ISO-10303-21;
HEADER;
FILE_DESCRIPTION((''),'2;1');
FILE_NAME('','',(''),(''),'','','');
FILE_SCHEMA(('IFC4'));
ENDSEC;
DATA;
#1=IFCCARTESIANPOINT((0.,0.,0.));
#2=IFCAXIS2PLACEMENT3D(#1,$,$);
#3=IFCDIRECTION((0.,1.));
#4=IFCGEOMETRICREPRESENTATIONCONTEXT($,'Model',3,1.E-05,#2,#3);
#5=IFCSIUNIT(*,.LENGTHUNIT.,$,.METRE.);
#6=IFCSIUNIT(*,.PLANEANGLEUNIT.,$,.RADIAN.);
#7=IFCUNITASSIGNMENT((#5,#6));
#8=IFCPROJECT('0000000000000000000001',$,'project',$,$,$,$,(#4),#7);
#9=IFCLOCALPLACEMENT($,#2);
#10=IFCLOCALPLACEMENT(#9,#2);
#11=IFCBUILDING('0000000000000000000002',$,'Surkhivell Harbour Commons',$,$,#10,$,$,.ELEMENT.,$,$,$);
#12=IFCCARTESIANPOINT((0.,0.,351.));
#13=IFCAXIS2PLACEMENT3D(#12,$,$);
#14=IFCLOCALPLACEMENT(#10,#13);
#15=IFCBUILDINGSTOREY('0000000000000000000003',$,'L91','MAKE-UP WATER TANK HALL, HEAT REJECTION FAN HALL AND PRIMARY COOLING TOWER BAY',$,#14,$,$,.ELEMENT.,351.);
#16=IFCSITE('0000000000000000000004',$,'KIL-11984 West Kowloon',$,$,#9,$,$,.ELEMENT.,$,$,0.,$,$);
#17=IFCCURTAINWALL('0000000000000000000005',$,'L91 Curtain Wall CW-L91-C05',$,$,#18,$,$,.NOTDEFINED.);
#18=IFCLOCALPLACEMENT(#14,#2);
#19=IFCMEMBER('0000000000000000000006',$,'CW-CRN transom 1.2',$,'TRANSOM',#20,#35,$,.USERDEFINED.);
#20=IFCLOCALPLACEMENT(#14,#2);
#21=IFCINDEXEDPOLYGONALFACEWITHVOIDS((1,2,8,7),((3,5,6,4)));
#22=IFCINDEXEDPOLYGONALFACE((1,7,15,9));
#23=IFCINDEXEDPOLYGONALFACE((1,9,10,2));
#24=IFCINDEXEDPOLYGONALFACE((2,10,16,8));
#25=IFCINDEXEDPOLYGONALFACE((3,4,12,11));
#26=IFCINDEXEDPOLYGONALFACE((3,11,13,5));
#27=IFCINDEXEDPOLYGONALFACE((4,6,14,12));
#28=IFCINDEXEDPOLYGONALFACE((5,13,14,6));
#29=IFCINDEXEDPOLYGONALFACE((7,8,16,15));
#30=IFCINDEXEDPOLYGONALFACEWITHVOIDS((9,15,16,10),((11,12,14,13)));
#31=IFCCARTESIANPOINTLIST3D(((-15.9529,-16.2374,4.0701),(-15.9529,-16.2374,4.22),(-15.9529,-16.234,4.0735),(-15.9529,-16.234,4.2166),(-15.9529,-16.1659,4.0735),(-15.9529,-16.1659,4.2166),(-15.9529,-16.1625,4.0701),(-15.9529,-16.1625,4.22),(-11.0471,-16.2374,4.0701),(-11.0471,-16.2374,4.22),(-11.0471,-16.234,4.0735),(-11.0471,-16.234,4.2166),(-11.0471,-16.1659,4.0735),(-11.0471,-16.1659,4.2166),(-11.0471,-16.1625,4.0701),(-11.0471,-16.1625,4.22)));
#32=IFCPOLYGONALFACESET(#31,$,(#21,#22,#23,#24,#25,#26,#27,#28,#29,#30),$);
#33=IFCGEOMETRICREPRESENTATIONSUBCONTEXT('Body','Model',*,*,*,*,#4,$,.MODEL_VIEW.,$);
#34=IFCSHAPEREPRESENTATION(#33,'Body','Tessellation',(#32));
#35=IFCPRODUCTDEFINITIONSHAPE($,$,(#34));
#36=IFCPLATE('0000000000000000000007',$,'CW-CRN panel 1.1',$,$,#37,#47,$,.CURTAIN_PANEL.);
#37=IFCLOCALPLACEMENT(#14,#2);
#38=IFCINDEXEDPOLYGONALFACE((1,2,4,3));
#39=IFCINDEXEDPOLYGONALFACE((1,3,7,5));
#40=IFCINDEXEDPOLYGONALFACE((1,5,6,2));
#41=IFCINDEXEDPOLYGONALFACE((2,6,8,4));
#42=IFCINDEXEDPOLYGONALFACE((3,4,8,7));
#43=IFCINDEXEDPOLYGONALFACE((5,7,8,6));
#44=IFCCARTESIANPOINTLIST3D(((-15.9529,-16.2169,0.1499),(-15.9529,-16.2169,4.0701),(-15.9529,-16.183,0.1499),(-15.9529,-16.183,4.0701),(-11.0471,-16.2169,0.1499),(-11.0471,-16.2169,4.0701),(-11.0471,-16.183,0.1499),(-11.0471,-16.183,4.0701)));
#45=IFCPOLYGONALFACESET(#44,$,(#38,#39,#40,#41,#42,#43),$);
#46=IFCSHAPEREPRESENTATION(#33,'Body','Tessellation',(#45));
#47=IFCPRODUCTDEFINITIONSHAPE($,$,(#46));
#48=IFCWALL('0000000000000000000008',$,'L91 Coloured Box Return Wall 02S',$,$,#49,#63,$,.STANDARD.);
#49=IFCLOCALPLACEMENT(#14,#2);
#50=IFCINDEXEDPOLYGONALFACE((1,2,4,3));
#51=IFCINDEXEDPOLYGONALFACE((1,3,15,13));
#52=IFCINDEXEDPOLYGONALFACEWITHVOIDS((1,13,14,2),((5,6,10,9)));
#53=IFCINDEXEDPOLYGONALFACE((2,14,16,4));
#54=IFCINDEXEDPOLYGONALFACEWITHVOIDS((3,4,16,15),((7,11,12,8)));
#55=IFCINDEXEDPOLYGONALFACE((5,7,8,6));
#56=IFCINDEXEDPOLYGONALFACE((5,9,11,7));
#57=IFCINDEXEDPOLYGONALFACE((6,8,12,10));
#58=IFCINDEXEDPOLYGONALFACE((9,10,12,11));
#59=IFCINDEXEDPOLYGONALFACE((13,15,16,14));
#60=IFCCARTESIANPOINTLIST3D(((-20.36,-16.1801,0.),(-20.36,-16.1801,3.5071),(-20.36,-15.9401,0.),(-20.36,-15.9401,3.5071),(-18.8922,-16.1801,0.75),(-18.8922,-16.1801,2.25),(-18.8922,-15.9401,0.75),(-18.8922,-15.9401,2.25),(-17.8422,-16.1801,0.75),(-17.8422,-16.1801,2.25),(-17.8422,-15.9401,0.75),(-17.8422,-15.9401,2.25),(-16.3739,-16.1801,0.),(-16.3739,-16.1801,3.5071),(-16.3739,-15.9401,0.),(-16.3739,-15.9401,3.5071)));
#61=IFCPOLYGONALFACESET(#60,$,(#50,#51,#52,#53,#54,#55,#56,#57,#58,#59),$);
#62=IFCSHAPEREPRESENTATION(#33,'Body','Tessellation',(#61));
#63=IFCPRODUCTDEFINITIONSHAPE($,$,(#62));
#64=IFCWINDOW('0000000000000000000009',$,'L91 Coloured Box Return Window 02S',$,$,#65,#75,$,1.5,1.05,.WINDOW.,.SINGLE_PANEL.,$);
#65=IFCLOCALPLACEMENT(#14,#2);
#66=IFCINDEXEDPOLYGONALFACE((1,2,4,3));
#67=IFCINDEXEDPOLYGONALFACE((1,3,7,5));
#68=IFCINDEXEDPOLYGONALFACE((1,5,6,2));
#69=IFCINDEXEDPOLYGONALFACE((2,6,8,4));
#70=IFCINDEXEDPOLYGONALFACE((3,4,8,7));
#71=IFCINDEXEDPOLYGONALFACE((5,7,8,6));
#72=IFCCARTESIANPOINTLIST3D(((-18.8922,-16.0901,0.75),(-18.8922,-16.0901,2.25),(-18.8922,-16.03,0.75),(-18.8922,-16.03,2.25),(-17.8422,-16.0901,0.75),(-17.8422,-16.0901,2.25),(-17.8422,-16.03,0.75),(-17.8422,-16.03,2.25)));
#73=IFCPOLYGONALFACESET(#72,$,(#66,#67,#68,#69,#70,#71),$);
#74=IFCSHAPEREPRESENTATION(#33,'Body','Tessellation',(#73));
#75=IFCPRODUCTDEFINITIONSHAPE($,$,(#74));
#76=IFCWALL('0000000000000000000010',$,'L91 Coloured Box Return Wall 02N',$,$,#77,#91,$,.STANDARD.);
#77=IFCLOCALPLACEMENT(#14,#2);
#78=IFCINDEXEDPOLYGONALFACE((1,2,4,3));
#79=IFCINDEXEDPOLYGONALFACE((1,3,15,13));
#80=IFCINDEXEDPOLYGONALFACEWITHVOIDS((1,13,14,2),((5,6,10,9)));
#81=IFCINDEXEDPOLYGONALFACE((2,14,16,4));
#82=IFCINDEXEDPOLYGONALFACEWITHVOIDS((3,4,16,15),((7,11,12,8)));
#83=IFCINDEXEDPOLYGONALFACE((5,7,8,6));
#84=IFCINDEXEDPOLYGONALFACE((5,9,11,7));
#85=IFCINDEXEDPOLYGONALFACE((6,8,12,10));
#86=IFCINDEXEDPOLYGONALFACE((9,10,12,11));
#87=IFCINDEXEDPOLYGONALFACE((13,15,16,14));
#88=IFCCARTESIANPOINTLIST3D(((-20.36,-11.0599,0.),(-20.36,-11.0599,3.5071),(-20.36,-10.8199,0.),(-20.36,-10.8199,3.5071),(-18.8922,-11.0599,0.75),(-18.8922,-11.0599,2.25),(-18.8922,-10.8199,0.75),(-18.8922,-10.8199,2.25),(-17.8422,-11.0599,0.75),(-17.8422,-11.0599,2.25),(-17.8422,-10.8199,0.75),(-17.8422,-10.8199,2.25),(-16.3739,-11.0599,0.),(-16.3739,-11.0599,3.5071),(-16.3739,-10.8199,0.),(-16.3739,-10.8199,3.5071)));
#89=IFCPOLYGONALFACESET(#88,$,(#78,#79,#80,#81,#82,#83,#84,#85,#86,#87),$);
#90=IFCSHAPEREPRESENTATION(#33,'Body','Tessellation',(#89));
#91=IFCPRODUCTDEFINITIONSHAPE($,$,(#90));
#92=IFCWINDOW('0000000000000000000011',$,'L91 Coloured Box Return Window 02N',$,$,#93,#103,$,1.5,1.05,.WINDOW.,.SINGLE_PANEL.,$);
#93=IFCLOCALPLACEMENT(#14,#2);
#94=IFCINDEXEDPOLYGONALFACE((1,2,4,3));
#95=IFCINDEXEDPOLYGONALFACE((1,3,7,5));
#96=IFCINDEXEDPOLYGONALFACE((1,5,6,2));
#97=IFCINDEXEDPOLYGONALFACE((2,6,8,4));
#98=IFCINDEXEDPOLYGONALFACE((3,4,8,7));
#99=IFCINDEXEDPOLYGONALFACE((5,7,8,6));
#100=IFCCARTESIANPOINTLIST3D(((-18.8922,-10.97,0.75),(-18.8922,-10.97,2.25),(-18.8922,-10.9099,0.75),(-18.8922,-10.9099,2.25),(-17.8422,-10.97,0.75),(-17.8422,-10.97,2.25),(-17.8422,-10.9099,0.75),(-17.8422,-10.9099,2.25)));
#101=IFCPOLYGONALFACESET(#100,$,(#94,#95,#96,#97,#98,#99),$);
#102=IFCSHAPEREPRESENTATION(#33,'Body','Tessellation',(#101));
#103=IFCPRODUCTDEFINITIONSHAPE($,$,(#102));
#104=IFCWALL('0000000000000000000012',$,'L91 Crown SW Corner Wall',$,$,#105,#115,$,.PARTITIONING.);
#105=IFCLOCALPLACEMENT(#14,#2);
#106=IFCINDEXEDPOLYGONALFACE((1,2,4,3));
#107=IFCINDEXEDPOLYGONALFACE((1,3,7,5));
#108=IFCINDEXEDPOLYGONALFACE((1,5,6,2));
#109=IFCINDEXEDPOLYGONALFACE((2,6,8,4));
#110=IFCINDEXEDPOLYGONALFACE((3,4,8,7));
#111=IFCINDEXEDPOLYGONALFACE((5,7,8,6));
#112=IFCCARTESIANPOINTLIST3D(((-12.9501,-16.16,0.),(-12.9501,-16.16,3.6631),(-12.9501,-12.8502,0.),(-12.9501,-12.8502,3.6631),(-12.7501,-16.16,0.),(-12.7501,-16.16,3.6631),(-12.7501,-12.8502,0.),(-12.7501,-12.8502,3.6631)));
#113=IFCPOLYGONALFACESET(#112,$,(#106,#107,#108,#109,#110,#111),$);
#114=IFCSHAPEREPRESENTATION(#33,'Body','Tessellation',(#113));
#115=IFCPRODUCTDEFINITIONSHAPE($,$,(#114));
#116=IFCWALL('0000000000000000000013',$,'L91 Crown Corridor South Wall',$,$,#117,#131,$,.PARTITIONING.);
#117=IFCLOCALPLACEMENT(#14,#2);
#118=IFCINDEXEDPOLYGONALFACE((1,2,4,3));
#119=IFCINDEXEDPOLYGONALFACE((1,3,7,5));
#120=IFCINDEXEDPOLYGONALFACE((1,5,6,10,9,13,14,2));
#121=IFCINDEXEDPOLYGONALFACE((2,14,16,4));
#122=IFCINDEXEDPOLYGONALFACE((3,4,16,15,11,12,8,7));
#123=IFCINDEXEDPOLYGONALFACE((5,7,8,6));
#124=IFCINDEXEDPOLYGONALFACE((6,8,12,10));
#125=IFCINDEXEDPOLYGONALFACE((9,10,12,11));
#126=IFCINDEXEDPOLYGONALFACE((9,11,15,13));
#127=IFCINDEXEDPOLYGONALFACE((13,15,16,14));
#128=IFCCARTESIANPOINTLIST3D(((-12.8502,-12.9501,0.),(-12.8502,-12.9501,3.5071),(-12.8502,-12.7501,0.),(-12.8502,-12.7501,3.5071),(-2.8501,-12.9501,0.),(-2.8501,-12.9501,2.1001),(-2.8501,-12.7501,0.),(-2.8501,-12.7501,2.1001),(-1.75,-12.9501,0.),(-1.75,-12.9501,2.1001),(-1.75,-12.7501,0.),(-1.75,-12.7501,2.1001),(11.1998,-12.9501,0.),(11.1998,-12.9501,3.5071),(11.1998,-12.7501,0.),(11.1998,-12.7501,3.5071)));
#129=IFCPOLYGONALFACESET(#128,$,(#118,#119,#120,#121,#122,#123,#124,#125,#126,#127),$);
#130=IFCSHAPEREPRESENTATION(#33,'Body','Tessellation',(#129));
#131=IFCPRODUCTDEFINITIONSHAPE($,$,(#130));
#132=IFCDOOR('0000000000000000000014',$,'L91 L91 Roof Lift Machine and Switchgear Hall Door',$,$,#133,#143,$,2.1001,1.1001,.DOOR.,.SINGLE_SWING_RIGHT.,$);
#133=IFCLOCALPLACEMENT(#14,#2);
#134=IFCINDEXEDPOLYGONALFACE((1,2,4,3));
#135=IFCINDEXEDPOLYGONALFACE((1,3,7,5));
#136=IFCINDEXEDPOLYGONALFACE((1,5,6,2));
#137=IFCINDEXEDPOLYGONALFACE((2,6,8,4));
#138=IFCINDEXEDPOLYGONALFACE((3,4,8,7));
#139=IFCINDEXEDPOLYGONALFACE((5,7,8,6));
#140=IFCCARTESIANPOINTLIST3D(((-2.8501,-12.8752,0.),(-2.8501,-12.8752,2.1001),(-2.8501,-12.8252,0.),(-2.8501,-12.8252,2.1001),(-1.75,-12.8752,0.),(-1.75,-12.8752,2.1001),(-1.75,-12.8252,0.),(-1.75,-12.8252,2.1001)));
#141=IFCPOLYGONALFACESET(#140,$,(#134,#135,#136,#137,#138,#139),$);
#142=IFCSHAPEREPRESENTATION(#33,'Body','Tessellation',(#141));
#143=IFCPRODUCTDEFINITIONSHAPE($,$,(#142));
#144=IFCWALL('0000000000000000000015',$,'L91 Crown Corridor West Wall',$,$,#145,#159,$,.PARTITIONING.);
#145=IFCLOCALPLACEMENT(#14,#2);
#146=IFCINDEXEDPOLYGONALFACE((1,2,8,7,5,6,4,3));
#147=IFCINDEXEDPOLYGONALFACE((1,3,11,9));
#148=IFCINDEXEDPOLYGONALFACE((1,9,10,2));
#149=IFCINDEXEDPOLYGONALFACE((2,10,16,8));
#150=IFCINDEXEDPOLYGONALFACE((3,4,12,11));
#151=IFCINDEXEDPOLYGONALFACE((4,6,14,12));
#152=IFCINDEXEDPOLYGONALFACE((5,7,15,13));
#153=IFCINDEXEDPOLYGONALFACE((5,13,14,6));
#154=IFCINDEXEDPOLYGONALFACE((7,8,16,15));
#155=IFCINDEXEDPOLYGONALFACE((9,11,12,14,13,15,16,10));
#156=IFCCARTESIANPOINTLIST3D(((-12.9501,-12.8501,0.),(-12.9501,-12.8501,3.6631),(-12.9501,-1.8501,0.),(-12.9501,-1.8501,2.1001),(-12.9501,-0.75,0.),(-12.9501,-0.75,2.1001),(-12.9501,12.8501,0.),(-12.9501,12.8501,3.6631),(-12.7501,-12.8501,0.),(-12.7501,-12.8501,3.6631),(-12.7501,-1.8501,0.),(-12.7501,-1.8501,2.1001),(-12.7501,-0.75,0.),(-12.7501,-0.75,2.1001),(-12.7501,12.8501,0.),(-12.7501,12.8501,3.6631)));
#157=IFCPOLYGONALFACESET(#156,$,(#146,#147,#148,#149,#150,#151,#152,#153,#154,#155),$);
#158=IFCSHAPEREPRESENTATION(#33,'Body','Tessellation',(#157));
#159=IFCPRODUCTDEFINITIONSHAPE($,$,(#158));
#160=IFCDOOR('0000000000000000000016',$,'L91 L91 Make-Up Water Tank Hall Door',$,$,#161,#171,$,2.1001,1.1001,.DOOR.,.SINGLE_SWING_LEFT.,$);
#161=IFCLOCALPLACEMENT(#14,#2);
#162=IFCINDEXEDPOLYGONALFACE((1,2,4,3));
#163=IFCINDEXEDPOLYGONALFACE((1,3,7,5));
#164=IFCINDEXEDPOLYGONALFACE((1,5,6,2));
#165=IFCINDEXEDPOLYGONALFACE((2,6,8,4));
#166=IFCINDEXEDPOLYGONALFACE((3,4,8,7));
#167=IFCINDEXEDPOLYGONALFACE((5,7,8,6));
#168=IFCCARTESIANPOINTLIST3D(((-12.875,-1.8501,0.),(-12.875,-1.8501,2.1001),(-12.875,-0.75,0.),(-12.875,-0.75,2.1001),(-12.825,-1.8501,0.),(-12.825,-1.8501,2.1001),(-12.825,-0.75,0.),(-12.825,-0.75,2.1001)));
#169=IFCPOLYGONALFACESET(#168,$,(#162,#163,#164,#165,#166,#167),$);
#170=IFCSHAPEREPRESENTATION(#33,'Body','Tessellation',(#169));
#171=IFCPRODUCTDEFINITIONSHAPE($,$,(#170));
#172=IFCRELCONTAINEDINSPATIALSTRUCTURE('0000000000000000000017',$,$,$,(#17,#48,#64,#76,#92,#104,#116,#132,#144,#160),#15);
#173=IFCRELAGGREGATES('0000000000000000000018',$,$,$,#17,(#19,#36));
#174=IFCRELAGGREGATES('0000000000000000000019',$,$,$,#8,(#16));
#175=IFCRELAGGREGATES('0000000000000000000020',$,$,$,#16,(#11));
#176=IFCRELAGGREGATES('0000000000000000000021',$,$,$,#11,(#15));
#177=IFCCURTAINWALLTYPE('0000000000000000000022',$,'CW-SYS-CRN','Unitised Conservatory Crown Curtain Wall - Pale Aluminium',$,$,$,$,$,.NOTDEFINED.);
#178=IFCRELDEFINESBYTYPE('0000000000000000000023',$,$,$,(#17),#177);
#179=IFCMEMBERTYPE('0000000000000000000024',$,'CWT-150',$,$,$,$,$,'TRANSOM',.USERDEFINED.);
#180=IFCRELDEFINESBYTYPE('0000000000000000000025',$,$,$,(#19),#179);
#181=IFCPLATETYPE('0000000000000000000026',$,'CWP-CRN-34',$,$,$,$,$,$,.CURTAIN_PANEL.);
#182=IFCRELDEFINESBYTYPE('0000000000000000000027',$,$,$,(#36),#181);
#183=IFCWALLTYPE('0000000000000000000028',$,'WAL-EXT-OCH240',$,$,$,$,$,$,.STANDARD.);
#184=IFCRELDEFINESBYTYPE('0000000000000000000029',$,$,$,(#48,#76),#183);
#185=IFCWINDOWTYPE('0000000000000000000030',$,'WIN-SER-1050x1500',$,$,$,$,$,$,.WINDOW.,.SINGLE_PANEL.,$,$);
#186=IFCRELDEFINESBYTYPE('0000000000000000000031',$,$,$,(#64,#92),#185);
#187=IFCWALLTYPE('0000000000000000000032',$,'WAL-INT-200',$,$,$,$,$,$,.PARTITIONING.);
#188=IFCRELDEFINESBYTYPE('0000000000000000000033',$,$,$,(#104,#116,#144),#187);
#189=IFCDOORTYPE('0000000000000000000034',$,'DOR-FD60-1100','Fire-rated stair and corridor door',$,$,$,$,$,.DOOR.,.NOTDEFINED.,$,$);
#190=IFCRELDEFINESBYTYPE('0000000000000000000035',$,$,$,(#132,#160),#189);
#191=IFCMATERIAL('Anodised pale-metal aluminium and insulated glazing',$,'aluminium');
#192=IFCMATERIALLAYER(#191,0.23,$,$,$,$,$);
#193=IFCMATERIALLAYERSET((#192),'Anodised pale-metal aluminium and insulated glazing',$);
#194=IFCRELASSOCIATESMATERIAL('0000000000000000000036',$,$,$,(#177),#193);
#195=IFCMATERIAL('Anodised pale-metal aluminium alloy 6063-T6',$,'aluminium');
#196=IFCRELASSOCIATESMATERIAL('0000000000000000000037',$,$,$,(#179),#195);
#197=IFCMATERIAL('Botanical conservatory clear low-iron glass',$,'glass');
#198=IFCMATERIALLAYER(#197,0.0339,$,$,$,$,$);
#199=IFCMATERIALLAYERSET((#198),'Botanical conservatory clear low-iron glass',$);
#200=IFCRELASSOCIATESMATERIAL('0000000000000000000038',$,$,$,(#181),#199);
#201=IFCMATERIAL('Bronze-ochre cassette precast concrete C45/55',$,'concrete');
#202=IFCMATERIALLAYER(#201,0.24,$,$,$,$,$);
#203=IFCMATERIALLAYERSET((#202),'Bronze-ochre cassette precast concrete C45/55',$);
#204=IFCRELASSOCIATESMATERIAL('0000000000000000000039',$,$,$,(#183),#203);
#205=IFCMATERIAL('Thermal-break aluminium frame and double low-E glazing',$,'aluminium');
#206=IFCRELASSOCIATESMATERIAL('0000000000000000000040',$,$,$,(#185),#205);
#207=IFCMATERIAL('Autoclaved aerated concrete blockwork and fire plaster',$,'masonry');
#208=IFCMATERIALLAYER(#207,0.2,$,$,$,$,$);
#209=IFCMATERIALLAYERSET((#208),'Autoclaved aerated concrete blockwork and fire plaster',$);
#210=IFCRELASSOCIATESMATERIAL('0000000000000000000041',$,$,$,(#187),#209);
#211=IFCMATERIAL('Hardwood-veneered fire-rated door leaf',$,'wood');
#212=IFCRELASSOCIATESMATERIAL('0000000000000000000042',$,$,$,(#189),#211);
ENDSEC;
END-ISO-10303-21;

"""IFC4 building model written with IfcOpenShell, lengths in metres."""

from ifc_helpers import new_model, si_unit, direction, frame, frame_2d, origin, origin_2d, place, context, subcontext, project, spatial, rectangle, hollow_rectangle, extrude, material, layer, layer_set, material_profile, profile_set, type_object, element, fill, aggregate, save


model = new_model("IFC4")

# Units and contexts
model_context = context("Model", 3, precision=1e-05, world=origin(), true_north=direction((0.0, 1.0)))
body_context = subcontext(model_context, "Body", "Model", "MODEL_VIEW")
ifc_project = project(units=[si_unit("LENGTHUNIT", "METRE"), si_unit("PLANEANGLEUNIT", "RADIAN")], contexts=[model_context])

# Site, building, storey
site_placement = place(None, origin())
site = spatial("IfcSite", under=ifc_project, at=site_placement, Name="KIL-11984 West Kowloon", CompositionType="ELEMENT", RefElevation=0.0)
building_placement = place(site_placement, origin())
building = spatial("IfcBuilding", under=site, at=building_placement, Name="Surkhivell Harbour Commons", CompositionType="ELEMENT")
storey_placement = place(building_placement, frame((0.0, 0.0, 351.0)))
storey = spatial("IfcBuildingStorey", under=building, at=storey_placement, Name="L91", Description="MAKE-UP WATER TANK HALL, HEAT REJECTION FAN HALL AND PRIMARY COOLING TOWER BAY", CompositionType="ELEMENT", Elevation=351.0)

# Curtain wall, member, plate
ifc_material_1 = material(Name="Anodised pale-metal aluminium and insulated glazing", Category="aluminium")
ifc_layer_1 = layer(ifc_material_1, 0.23)
ifc_layer_set_1 = layer_set([ifc_layer_1], Name="Anodised pale-metal aluminium and insulated glazing")
curtain_wall_type = type_object("IfcCurtainWallType", Name="CW-SYS-CRN", Description="Unitised Conservatory Crown Curtain Wall - Pale Aluminium", PredefinedType="NOTDEFINED", material=ifc_layer_set_1)
curtain_wall_placement = place(storey_placement, origin())
curtain_wall = element("IfcCurtainWall", 1, at=curtain_wall_placement, inside=storey, type_object=curtain_wall_type, Name="L91 Curtain Wall CW-L91-C05", PredefinedType="NOTDEFINED")
ifc_material_2 = material(Name="Anodised pale-metal aluminium alloy 6063-T6", Category="aluminium")
ifc_material_profile_1 = material_profile(ifc_material_2, hollow_rectangle(XDim=0.075, YDim=0.1499, WallThickness=0.0034, at=origin_2d()), Name="ALU-TRAN-75x150")
ifc_profile_set_1 = profile_set([ifc_material_profile_1], Name="Anodised pale-metal aluminium alloy 6063-T6")
member_type_1 = type_object("IfcMemberType", Name="CWT-150", ElementType="TRANSOM", PredefinedType="USERDEFINED", material=ifc_profile_set_1)
member_1_placement = place(storey_placement, frame((-15.9529, -16.2, 4.145), z_axis=(1.0, 0.0, 0.0), x_axis=(0.0, 1.0, 0.0)))
member_1 = element("IfcMember", 2, at=member_1_placement, type_object=member_type_1, Name="CW-CRN transom 1.2", ObjectType="TRANSOM", PredefinedType="USERDEFINED", context=body_context, shape_type="SweptSolid", body=[
    extrude(hollow_rectangle(XDim=0.075, YDim=0.1499, WallThickness=0.0034, at=origin_2d()), origin(), (0.0, 0.0, 1.0), 4.9058),
])
ifc_material_3 = material(Name="Botanical conservatory clear low-iron glass", Category="glass")
ifc_layer_2 = layer(ifc_material_3, 0.0339)
ifc_layer_set_2 = layer_set([ifc_layer_2], Name="Botanical conservatory clear low-iron glass")
plate_type = type_object("IfcPlateType", Name="CWP-CRN-34", PredefinedType="CURTAIN_PANEL", material=ifc_layer_set_2)
plate_placement = place(storey_placement, frame((-15.9529, -16.2, 0.1499), z_axis=(0.0, 0.0, 1.0), x_axis=(1.0, 0.0, 0.0)))
plate = element("IfcPlate", 3, at=plate_placement, type_object=plate_type, Name="CW-CRN panel 1.1", PredefinedType="CURTAIN_PANEL", context=body_context, shape_type="SweptSolid", body=[
    extrude(rectangle(XDim=4.9058, YDim=0.0339, at=frame_2d((2.4529, 0.0))), origin(), (0.0, 0.0, 1.0), 3.9202),
])
aggregate(curtain_wall, [member_1, plate])

# Walls, openings, windows
ifc_material_4 = material(Name="Bronze-ochre cassette precast concrete C45/55", Category="concrete")
ifc_layer_3 = layer(ifc_material_4, 0.24)
ifc_layer_set_3 = layer_set([ifc_layer_3], Name="Bronze-ochre cassette precast concrete C45/55")
wall_type_1 = type_object("IfcWallType", Name="WAL-EXT-OCH240", PredefinedType="STANDARD", material=ifc_layer_set_3)
wall_1_placement = place(storey_placement, frame((-20.3601, -16.0601, 0.0), z_axis=(0.0, 0.0, 1.0), x_axis=(1.0, 0.0, 0.0)))
wall_1 = element("IfcWall", 4, at=wall_1_placement, inside=storey, type_object=wall_type_1, Name="L91 Coloured Box Return Wall 02S", PredefinedType="STANDARD", context=body_context, shape_type="SweptSolid", body=[
    extrude(rectangle(XDim=3.9861, YDim=0.24, at=frame_2d((1.9932, 0.0))), origin(), (0.0, 0.0, 1.0), 3.5071),
])
opening_1_placement = place(wall_1_placement, frame((1.468, 0.0, 0.75)))
opening_1 = element("IfcOpeningElement", 5, at=opening_1_placement, cuts=wall_1, PredefinedType="OPENING", context=body_context, shape_type="SweptSolid", body=[
    extrude(rectangle(XDim=1.05, YDim=1.5, at=frame_2d((0.5249, 0.75))), frame((0.0, 0.1299, 0.0), z_axis=(0.0, -1.0, 0.0), x_axis=(1.0, 0.0, 0.0)), (0.0, 0.0, 1.0), 0.26),
])
ifc_material_5 = material(Name="Thermal-break aluminium frame and double low-E glazing", Category="aluminium")
window_type = type_object("IfcWindowType", Name="WIN-SER-1050x1500", PartitioningType="SINGLE_PANEL", PredefinedType="WINDOW", material=ifc_material_5)
window_1_placement = place(opening_1_placement, origin())
window_1 = element("IfcWindow", 6, at=window_1_placement, inside=storey, type_object=window_type, Name="L91 Coloured Box Return Window 02S", OverallHeight=1.5, OverallWidth=1.05, PartitioningType="SINGLE_PANEL", PredefinedType="WINDOW", context=body_context, shape_type="SweptSolid", body=[
    extrude(rectangle(XDim=1.05, YDim=1.5, at=frame_2d((0.5249, 0.75))), frame((0.0, 0.03, 0.0), z_axis=(0.0, -1.0, 0.0), x_axis=(1.0, 0.0, 0.0)), (0.0, 0.0, 1.0), 0.0601),
])
fill(opening_1, window_1)
wall_2_placement = place(storey_placement, frame((-20.3601, -10.9399, 0.0), z_axis=(0.0, 0.0, 1.0), x_axis=(1.0, 0.0, 0.0)))
wall_2 = element("IfcWall", 7, at=wall_2_placement, inside=storey, type_object=wall_type_1, Name="L91 Coloured Box Return Wall 02N", PredefinedType="STANDARD", context=body_context, shape_type="SweptSolid", body=[
    extrude(rectangle(XDim=3.9861, YDim=0.24, at=frame_2d((1.9932, 0.0))), origin(), (0.0, 0.0, 1.0), 3.5071),
])
opening_2_placement = place(wall_2_placement, frame((1.468, 0.0, 0.75)))
opening_2 = element("IfcOpeningElement", 8, at=opening_2_placement, cuts=wall_2, PredefinedType="OPENING", context=body_context, shape_type="SweptSolid", body=[
    extrude(rectangle(XDim=1.05, YDim=1.5, at=frame_2d((0.5249, 0.75))), frame((0.0, 0.1299, 0.0), z_axis=(0.0, -1.0, 0.0), x_axis=(1.0, 0.0, 0.0)), (0.0, 0.0, 1.0), 0.26),
])
window_2_placement = place(opening_2_placement, origin())
window_2 = element("IfcWindow", 9, at=window_2_placement, inside=storey, type_object=window_type, Name="L91 Coloured Box Return Window 02N", OverallHeight=1.5, OverallWidth=1.05, PartitioningType="SINGLE_PANEL", PredefinedType="WINDOW", context=body_context, shape_type="SweptSolid", body=[
    extrude(rectangle(XDim=1.05, YDim=1.5, at=frame_2d((0.5249, 0.75))), frame((0.0, 0.03, 0.0), z_axis=(0.0, -1.0, 0.0), x_axis=(1.0, 0.0, 0.0)), (0.0, 0.0, 1.0), 0.0601),
])
fill(opening_2, window_2)

# Wall
ifc_material_6 = material(Name="Autoclaved aerated concrete blockwork and fire plaster", Category="masonry")
ifc_layer_4 = layer(ifc_material_6, 0.2)
ifc_layer_set_4 = layer_set([ifc_layer_4], Name="Autoclaved aerated concrete blockwork and fire plaster")
wall_type_2 = type_object("IfcWallType", Name="WAL-INT-200", PredefinedType="PARTITIONING", material=ifc_layer_set_4)
wall_3_placement = place(storey_placement, frame((-12.8501, -16.1599, 0.0), z_axis=(0.0, 0.0, 1.0), x_axis=(0.0, 1.0, 0.0)))
element("IfcWall", 10, at=wall_3_placement, inside=storey, type_object=wall_type_2, Name="L91 Crown SW Corner Wall", PredefinedType="PARTITIONING", context=body_context, shape_type="SweptSolid", body=[
    extrude(rectangle(XDim=3.3098, YDim=0.2, at=frame_2d((1.6548, 0.0))), origin(), (0.0, 0.0, 1.0), 3.6631),
])

# Walls, openings, doors
wall_4_placement = place(storey_placement, frame((-12.8501, -12.8501, 0.0), z_axis=(0.0, 0.0, 1.0), x_axis=(1.0, 0.0, 0.0)))
wall_4 = element("IfcWall", 11, at=wall_4_placement, inside=storey, type_object=wall_type_2, Name="L91 Crown Corridor South Wall", PredefinedType="PARTITIONING", context=body_context, shape_type="SweptSolid", body=[
    extrude(rectangle(XDim=24.05, YDim=0.2, at=frame_2d((12.0249, 0.0))), origin(), (0.0, 0.0, 1.0), 3.5071),
])
opening_3_placement = place(wall_4_placement, frame((10.0, 0.0, 0.0)))
opening_3 = element("IfcOpeningElement", 12, at=opening_3_placement, cuts=wall_4, PredefinedType="OPENING", context=body_context, shape_type="SweptSolid", body=[
    extrude(rectangle(XDim=1.1001, YDim=2.1001, at=frame_2d((0.55, 1.05))), frame((0.0, 0.1099, 0.0), z_axis=(0.0, -1.0, 0.0), x_axis=(1.0, 0.0, 0.0)), (0.0, 0.0, 1.0), 0.22),
])
ifc_material_7 = material(Name="Hardwood-veneered fire-rated door leaf", Category="wood")
door_type = type_object("IfcDoorType", Name="DOR-FD60-1100", Description="Fire-rated stair and corridor door", OperationType="NOTDEFINED", PredefinedType="DOOR", material=ifc_material_7)
door_1_placement = place(opening_3_placement, origin())
door_1 = element("IfcDoor", 13, at=door_1_placement, inside=storey, type_object=door_type, Name="L91 L91 Roof Lift Machine and Switchgear Hall Door", OperationType="SINGLE_SWING_RIGHT", OverallHeight=2.1001, OverallWidth=1.1001, PredefinedType="DOOR", context=body_context, shape_type="SweptSolid", body=[
    extrude(rectangle(XDim=1.1001, YDim=2.1001, at=frame_2d((0.55, 1.05))), frame((0.0, 0.0249, 0.0), z_axis=(0.0, -1.0, 0.0), x_axis=(1.0, 0.0, 0.0)), (0.0, 0.0, 1.0), 0.05),
])
fill(opening_3, door_1)
wall_5_placement = place(storey_placement, frame((-12.8501, -12.8501, 0.0), z_axis=(0.0, 0.0, 1.0), x_axis=(0.0, 1.0, 0.0)))
wall_5 = element("IfcWall", 14, at=wall_5_placement, inside=storey, type_object=wall_type_2, Name="L91 Crown Corridor West Wall", PredefinedType="PARTITIONING", context=body_context, shape_type="SweptSolid", body=[
    extrude(rectangle(XDim=25.7002, YDim=0.2, at=frame_2d((12.8501, 0.0))), origin(), (0.0, 0.0, 1.0), 3.6631),
])
opening_4_placement = place(wall_5_placement, frame((11.0, 0.0, 0.0)))
opening_4 = element("IfcOpeningElement", 15, at=opening_4_placement, cuts=wall_5, PredefinedType="OPENING", context=body_context, shape_type="SweptSolid", body=[
    extrude(rectangle(XDim=1.1001, YDim=2.1001, at=frame_2d((0.55, 1.05))), frame((0.0, 0.1099, 0.0), z_axis=(0.0, -1.0, 0.0), x_axis=(1.0, 0.0, 0.0)), (0.0, 0.0, 1.0), 0.22),
])
door_2_placement = place(opening_4_placement, origin())
door_2 = element("IfcDoor", 16, at=door_2_placement, inside=storey, type_object=door_type, Name="L91 L91 Make-Up Water Tank Hall Door", OperationType="SINGLE_SWING_LEFT", OverallHeight=2.1001, OverallWidth=1.1001, PredefinedType="DOOR", context=body_context, shape_type="SweptSolid", body=[
    extrude(rectangle(XDim=1.1001, YDim=2.1001, at=frame_2d((0.55, 1.05))), frame((0.0, 0.0249, 0.0), z_axis=(0.0, -1.0, 0.0), x_axis=(1.0, 0.0, 0.0)), (0.0, 0.0, 1.0), 0.05),
])
fill(opening_4, door_2)

save(model, "model.ifc")
